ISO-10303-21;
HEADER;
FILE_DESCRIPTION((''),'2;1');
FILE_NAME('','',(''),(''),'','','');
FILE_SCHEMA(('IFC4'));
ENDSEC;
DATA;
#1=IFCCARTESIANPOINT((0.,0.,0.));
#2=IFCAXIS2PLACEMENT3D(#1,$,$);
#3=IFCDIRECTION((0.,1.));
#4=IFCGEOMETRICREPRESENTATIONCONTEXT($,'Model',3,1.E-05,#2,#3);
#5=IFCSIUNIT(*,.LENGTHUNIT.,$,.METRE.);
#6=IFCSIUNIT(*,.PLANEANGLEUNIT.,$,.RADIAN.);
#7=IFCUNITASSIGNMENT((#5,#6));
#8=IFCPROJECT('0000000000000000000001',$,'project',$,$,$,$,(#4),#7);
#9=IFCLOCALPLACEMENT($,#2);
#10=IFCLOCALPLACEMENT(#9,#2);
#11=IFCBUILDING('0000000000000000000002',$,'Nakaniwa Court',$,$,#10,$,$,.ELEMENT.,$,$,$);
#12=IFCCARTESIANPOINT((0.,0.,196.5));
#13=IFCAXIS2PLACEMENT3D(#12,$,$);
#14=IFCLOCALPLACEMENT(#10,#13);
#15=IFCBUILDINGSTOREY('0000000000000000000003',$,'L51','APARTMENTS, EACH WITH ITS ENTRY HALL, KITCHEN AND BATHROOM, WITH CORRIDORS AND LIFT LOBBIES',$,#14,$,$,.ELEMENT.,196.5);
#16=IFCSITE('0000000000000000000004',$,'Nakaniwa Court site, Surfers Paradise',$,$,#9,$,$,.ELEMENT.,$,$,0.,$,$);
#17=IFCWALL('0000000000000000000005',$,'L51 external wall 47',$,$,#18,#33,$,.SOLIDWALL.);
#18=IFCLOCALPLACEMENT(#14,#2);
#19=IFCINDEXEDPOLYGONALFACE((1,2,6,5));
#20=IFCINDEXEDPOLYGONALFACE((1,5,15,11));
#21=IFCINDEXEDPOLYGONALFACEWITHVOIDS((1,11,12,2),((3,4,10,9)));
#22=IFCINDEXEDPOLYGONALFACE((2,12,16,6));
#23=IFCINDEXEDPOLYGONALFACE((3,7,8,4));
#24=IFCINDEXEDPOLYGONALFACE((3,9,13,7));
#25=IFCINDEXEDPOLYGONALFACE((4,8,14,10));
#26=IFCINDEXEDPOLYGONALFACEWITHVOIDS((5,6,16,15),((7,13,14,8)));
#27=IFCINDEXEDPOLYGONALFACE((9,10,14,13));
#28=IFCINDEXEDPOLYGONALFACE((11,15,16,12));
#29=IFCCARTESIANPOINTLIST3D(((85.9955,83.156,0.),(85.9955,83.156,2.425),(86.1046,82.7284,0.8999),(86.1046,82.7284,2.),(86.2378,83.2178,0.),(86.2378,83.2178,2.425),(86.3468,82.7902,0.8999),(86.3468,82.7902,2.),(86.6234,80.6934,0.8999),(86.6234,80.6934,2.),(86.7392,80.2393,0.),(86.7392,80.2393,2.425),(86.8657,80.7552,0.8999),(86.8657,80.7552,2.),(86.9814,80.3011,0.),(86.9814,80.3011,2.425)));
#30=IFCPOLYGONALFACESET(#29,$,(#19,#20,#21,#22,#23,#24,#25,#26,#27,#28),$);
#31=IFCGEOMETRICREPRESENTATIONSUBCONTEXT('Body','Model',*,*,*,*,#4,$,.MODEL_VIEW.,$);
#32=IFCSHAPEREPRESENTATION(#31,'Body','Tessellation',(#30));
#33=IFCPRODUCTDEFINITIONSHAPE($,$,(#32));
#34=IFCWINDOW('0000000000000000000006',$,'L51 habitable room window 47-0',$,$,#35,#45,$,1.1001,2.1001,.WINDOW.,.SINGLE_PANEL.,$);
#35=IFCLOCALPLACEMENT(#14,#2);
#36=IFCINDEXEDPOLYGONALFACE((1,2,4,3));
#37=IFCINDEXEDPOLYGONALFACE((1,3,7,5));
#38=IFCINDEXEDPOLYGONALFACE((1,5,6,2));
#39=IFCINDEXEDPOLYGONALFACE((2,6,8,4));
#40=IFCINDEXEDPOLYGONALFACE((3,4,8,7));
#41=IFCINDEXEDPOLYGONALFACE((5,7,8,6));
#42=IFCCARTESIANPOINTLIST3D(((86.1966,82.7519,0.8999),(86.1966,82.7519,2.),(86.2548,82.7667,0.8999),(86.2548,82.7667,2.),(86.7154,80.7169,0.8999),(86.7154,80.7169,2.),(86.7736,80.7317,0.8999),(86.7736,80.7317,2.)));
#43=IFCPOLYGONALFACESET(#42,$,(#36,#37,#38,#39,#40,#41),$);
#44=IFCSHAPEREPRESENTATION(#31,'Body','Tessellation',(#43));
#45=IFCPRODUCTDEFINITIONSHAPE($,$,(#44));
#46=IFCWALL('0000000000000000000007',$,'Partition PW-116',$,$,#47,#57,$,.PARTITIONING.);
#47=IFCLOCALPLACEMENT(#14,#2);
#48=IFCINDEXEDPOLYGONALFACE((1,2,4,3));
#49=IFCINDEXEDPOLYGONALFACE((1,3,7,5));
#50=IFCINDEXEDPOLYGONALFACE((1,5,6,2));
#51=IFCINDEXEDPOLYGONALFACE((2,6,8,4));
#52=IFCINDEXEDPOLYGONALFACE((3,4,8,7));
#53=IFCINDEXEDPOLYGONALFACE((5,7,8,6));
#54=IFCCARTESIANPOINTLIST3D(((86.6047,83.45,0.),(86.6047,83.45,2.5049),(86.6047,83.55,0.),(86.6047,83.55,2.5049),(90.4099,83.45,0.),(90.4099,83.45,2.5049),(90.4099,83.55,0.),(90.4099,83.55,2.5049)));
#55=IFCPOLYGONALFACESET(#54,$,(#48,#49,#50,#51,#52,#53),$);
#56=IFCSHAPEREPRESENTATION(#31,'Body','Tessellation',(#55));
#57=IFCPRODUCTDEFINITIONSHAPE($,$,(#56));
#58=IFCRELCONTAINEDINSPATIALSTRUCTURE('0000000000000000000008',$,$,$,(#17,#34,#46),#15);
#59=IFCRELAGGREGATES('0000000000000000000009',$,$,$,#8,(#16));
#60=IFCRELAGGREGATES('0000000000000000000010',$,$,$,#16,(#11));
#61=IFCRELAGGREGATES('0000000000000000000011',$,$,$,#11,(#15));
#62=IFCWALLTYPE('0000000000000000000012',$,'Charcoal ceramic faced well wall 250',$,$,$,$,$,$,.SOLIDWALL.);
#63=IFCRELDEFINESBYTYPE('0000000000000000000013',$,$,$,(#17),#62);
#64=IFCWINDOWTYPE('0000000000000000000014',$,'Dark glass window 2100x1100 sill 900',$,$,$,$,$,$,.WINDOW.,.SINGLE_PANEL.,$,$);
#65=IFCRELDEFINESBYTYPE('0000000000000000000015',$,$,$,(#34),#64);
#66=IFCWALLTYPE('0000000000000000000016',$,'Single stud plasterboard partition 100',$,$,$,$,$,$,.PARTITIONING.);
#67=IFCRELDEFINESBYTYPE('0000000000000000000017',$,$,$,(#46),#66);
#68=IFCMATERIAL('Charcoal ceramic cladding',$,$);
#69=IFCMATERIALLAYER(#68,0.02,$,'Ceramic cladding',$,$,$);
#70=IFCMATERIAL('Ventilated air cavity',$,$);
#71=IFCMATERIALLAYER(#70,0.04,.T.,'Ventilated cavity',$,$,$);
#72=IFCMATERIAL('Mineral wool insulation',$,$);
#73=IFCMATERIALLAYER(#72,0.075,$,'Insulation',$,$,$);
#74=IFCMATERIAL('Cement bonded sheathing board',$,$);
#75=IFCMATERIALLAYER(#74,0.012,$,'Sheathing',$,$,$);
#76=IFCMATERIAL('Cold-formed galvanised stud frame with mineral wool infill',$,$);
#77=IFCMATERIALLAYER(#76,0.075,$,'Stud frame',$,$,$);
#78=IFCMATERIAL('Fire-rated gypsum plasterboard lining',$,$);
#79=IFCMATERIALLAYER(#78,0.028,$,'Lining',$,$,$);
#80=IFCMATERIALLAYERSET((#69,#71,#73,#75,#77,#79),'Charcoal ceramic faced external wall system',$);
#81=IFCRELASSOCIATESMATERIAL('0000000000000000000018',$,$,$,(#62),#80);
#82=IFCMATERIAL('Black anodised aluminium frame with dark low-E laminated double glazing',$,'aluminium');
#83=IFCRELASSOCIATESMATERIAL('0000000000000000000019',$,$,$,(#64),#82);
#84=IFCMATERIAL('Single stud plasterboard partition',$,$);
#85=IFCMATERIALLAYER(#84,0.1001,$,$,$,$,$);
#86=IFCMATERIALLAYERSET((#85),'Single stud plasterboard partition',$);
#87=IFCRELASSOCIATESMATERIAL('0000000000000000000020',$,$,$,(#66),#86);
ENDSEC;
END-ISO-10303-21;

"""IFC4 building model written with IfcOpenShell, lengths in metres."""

from ifc_helpers import new_model, si_unit, direction, frame, frame_2d, origin, place, context, subcontext, project, spatial, rectangle, extrude, material, layer, layer_set, type_object, element, fill, save


model = new_model("IFC4")

# Units and contexts
model_context = context("Model", 3, precision=1e-05, world=origin(), true_north=direction((0.0, 1.0)))
body_context = subcontext(model_context, "Body", "Model", "MODEL_VIEW")
ifc_project = project(units=[si_unit("LENGTHUNIT", "METRE"), si_unit("PLANEANGLEUNIT", "RADIAN")], contexts=[model_context])

# Site, building, storey
site_placement = place(None, origin())
site = spatial("IfcSite", under=ifc_project, at=site_placement, Name="Nakaniwa Court site, Surfers Paradise", CompositionType="ELEMENT", RefElevation=0.0)
building_placement = place(site_placement, origin())
building = spatial("IfcBuilding", under=site, at=building_placement, Name="Nakaniwa Court", CompositionType="ELEMENT")
storey_placement = place(building_placement, frame((0.0, 0.0, 196.5)))
storey = spatial("IfcBuildingStorey", under=building, at=storey_placement, Name="L51", Description="APARTMENTS, EACH WITH ITS ENTRY HALL, KITCHEN AND BATHROOM, WITH CORRIDORS AND LIFT LOBBIES", CompositionType="ELEMENT", Elevation=196.5)

# Wall, opening, window
ifc_material_1 = material(Name="Charcoal ceramic cladding")
ifc_layer_1 = layer(ifc_material_1, 0.02, Name="Ceramic cladding")
ifc_material_2 = material(Name="Ventilated air cavity")
ifc_layer_2 = layer(ifc_material_2, 0.04, ventilated=True, Name="Ventilated cavity")
ifc_material_3 = material(Name="Mineral wool insulation")
ifc_layer_3 = layer(ifc_material_3, 0.075, Name="Insulation")
ifc_material_4 = material(Name="Cement bonded sheathing board")
ifc_layer_4 = layer(ifc_material_4, 0.012, Name="Sheathing")
ifc_material_5 = material(Name="Cold-formed galvanised stud frame with mineral wool infill")
ifc_layer_5 = layer(ifc_material_5, 0.075, Name="Stud frame")
ifc_material_6 = material(Name="Fire-rated gypsum plasterboard lining")
ifc_layer_6 = layer(ifc_material_6, 0.028, Name="Lining")
ifc_layer_set_1 = layer_set([ifc_layer_1, ifc_layer_2, ifc_layer_3, ifc_layer_4, ifc_layer_5, ifc_layer_6], Name="Charcoal ceramic faced external wall system")
wall_type_1 = type_object("IfcWallType", Name="Charcoal ceramic faced well wall 250", PredefinedType="SOLIDWALL", material=ifc_layer_set_1)
ifc_material_7 = material(Name="Black anodised aluminium frame with dark low-E laminated double glazing", Category="aluminium")
window_type = type_object("IfcWindowType", Name="Dark glass window 2100x1100 sill 900", PartitioningType="SINGLE_PANEL", PredefinedType="WINDOW", material=ifc_material_7)
wall_1_placement = place(storey_placement, frame((86.1167, 83.1868, 0.0), z_axis=(0.0, 0.0, 1.0), x_axis=(0.247056, -0.969001, 0.0)))
wall_1 = element("IfcWall", 1, at=wall_1_placement, inside=storey, type_object=wall_type_1, Name="L51 external wall 47", PredefinedType="SOLIDWALL", context=body_context, shape_type="SweptSolid", body=[
    extrude(rectangle(XDim=3.01, YDim=0.25, at=frame_2d((1.5049, 0.0))), origin(), (0.0, 0.0, 1.0), 2.425),
])
opening_1_placement = place(wall_1_placement, frame((0.4412, 0.0, 0.8999)))
opening_1 = element("IfcOpeningElement", 2, at=opening_1_placement, cuts=wall_1, PredefinedType="OPENING", context=body_context, shape_type="SweptSolid", body=[
    extrude(rectangle(XDim=2.1001, YDim=1.1001, at=frame_2d((1.05, 0.55))), frame((0.0, 0.135, 0.0), z_axis=(0.0, -1.0, 0.0), x_axis=(1.0, 0.0, 0.0)), (0.0, 0.0, 1.0), 0.27),
])
window_1_placement = place(opening_1_placement, origin())
window_1 = element("IfcWindow", 3, at=window_1_placement, inside=storey, type_object=window_type, Name="L51 habitable room window 47-0", OverallHeight=1.1001, OverallWidth=2.1001, PartitioningType="SINGLE_PANEL", PredefinedType="WINDOW", context=body_context, shape_type="SweptSolid", body=[
    extrude(rectangle(XDim=2.1001, YDim=1.1001, at=frame_2d((1.05, 0.55))), frame((0.0, 0.03, 0.0), z_axis=(0.0, -1.0, 0.0), x_axis=(1.0, 0.0, 0.0)), (0.0, 0.0, 1.0), 0.0601),
])
fill(opening_1, window_1)

# Wall
ifc_material_8 = material(Name="Single stud plasterboard partition")
ifc_layer_7 = layer(ifc_material_8, 0.1001)
ifc_layer_set_2 = layer_set([ifc_layer_7], Name="Single stud plasterboard partition")
wall_type_2 = type_object("IfcWallType", Name="Single stud plasterboard partition 100", PredefinedType="PARTITIONING", material=ifc_layer_set_2)
wall_2_placement = place(storey_placement, frame((86.6047, 83.5, 0.0), z_axis=(0.0, 0.0, 1.0), x_axis=(1.0, 0.0, 0.0)))
element("IfcWall", 4, at=wall_2_placement, inside=storey, type_object=wall_type_2, Name="Partition PW-116", PredefinedType="PARTITIONING", context=body_context, shape_type="SweptSolid", body=[
    extrude(rectangle(XDim=3.8052, YDim=0.1001, at=frame_2d((1.9026, 0.0))), origin(), (0.0, 0.0, 1.0), 2.5049),
])

save(model, "model.ifc")
